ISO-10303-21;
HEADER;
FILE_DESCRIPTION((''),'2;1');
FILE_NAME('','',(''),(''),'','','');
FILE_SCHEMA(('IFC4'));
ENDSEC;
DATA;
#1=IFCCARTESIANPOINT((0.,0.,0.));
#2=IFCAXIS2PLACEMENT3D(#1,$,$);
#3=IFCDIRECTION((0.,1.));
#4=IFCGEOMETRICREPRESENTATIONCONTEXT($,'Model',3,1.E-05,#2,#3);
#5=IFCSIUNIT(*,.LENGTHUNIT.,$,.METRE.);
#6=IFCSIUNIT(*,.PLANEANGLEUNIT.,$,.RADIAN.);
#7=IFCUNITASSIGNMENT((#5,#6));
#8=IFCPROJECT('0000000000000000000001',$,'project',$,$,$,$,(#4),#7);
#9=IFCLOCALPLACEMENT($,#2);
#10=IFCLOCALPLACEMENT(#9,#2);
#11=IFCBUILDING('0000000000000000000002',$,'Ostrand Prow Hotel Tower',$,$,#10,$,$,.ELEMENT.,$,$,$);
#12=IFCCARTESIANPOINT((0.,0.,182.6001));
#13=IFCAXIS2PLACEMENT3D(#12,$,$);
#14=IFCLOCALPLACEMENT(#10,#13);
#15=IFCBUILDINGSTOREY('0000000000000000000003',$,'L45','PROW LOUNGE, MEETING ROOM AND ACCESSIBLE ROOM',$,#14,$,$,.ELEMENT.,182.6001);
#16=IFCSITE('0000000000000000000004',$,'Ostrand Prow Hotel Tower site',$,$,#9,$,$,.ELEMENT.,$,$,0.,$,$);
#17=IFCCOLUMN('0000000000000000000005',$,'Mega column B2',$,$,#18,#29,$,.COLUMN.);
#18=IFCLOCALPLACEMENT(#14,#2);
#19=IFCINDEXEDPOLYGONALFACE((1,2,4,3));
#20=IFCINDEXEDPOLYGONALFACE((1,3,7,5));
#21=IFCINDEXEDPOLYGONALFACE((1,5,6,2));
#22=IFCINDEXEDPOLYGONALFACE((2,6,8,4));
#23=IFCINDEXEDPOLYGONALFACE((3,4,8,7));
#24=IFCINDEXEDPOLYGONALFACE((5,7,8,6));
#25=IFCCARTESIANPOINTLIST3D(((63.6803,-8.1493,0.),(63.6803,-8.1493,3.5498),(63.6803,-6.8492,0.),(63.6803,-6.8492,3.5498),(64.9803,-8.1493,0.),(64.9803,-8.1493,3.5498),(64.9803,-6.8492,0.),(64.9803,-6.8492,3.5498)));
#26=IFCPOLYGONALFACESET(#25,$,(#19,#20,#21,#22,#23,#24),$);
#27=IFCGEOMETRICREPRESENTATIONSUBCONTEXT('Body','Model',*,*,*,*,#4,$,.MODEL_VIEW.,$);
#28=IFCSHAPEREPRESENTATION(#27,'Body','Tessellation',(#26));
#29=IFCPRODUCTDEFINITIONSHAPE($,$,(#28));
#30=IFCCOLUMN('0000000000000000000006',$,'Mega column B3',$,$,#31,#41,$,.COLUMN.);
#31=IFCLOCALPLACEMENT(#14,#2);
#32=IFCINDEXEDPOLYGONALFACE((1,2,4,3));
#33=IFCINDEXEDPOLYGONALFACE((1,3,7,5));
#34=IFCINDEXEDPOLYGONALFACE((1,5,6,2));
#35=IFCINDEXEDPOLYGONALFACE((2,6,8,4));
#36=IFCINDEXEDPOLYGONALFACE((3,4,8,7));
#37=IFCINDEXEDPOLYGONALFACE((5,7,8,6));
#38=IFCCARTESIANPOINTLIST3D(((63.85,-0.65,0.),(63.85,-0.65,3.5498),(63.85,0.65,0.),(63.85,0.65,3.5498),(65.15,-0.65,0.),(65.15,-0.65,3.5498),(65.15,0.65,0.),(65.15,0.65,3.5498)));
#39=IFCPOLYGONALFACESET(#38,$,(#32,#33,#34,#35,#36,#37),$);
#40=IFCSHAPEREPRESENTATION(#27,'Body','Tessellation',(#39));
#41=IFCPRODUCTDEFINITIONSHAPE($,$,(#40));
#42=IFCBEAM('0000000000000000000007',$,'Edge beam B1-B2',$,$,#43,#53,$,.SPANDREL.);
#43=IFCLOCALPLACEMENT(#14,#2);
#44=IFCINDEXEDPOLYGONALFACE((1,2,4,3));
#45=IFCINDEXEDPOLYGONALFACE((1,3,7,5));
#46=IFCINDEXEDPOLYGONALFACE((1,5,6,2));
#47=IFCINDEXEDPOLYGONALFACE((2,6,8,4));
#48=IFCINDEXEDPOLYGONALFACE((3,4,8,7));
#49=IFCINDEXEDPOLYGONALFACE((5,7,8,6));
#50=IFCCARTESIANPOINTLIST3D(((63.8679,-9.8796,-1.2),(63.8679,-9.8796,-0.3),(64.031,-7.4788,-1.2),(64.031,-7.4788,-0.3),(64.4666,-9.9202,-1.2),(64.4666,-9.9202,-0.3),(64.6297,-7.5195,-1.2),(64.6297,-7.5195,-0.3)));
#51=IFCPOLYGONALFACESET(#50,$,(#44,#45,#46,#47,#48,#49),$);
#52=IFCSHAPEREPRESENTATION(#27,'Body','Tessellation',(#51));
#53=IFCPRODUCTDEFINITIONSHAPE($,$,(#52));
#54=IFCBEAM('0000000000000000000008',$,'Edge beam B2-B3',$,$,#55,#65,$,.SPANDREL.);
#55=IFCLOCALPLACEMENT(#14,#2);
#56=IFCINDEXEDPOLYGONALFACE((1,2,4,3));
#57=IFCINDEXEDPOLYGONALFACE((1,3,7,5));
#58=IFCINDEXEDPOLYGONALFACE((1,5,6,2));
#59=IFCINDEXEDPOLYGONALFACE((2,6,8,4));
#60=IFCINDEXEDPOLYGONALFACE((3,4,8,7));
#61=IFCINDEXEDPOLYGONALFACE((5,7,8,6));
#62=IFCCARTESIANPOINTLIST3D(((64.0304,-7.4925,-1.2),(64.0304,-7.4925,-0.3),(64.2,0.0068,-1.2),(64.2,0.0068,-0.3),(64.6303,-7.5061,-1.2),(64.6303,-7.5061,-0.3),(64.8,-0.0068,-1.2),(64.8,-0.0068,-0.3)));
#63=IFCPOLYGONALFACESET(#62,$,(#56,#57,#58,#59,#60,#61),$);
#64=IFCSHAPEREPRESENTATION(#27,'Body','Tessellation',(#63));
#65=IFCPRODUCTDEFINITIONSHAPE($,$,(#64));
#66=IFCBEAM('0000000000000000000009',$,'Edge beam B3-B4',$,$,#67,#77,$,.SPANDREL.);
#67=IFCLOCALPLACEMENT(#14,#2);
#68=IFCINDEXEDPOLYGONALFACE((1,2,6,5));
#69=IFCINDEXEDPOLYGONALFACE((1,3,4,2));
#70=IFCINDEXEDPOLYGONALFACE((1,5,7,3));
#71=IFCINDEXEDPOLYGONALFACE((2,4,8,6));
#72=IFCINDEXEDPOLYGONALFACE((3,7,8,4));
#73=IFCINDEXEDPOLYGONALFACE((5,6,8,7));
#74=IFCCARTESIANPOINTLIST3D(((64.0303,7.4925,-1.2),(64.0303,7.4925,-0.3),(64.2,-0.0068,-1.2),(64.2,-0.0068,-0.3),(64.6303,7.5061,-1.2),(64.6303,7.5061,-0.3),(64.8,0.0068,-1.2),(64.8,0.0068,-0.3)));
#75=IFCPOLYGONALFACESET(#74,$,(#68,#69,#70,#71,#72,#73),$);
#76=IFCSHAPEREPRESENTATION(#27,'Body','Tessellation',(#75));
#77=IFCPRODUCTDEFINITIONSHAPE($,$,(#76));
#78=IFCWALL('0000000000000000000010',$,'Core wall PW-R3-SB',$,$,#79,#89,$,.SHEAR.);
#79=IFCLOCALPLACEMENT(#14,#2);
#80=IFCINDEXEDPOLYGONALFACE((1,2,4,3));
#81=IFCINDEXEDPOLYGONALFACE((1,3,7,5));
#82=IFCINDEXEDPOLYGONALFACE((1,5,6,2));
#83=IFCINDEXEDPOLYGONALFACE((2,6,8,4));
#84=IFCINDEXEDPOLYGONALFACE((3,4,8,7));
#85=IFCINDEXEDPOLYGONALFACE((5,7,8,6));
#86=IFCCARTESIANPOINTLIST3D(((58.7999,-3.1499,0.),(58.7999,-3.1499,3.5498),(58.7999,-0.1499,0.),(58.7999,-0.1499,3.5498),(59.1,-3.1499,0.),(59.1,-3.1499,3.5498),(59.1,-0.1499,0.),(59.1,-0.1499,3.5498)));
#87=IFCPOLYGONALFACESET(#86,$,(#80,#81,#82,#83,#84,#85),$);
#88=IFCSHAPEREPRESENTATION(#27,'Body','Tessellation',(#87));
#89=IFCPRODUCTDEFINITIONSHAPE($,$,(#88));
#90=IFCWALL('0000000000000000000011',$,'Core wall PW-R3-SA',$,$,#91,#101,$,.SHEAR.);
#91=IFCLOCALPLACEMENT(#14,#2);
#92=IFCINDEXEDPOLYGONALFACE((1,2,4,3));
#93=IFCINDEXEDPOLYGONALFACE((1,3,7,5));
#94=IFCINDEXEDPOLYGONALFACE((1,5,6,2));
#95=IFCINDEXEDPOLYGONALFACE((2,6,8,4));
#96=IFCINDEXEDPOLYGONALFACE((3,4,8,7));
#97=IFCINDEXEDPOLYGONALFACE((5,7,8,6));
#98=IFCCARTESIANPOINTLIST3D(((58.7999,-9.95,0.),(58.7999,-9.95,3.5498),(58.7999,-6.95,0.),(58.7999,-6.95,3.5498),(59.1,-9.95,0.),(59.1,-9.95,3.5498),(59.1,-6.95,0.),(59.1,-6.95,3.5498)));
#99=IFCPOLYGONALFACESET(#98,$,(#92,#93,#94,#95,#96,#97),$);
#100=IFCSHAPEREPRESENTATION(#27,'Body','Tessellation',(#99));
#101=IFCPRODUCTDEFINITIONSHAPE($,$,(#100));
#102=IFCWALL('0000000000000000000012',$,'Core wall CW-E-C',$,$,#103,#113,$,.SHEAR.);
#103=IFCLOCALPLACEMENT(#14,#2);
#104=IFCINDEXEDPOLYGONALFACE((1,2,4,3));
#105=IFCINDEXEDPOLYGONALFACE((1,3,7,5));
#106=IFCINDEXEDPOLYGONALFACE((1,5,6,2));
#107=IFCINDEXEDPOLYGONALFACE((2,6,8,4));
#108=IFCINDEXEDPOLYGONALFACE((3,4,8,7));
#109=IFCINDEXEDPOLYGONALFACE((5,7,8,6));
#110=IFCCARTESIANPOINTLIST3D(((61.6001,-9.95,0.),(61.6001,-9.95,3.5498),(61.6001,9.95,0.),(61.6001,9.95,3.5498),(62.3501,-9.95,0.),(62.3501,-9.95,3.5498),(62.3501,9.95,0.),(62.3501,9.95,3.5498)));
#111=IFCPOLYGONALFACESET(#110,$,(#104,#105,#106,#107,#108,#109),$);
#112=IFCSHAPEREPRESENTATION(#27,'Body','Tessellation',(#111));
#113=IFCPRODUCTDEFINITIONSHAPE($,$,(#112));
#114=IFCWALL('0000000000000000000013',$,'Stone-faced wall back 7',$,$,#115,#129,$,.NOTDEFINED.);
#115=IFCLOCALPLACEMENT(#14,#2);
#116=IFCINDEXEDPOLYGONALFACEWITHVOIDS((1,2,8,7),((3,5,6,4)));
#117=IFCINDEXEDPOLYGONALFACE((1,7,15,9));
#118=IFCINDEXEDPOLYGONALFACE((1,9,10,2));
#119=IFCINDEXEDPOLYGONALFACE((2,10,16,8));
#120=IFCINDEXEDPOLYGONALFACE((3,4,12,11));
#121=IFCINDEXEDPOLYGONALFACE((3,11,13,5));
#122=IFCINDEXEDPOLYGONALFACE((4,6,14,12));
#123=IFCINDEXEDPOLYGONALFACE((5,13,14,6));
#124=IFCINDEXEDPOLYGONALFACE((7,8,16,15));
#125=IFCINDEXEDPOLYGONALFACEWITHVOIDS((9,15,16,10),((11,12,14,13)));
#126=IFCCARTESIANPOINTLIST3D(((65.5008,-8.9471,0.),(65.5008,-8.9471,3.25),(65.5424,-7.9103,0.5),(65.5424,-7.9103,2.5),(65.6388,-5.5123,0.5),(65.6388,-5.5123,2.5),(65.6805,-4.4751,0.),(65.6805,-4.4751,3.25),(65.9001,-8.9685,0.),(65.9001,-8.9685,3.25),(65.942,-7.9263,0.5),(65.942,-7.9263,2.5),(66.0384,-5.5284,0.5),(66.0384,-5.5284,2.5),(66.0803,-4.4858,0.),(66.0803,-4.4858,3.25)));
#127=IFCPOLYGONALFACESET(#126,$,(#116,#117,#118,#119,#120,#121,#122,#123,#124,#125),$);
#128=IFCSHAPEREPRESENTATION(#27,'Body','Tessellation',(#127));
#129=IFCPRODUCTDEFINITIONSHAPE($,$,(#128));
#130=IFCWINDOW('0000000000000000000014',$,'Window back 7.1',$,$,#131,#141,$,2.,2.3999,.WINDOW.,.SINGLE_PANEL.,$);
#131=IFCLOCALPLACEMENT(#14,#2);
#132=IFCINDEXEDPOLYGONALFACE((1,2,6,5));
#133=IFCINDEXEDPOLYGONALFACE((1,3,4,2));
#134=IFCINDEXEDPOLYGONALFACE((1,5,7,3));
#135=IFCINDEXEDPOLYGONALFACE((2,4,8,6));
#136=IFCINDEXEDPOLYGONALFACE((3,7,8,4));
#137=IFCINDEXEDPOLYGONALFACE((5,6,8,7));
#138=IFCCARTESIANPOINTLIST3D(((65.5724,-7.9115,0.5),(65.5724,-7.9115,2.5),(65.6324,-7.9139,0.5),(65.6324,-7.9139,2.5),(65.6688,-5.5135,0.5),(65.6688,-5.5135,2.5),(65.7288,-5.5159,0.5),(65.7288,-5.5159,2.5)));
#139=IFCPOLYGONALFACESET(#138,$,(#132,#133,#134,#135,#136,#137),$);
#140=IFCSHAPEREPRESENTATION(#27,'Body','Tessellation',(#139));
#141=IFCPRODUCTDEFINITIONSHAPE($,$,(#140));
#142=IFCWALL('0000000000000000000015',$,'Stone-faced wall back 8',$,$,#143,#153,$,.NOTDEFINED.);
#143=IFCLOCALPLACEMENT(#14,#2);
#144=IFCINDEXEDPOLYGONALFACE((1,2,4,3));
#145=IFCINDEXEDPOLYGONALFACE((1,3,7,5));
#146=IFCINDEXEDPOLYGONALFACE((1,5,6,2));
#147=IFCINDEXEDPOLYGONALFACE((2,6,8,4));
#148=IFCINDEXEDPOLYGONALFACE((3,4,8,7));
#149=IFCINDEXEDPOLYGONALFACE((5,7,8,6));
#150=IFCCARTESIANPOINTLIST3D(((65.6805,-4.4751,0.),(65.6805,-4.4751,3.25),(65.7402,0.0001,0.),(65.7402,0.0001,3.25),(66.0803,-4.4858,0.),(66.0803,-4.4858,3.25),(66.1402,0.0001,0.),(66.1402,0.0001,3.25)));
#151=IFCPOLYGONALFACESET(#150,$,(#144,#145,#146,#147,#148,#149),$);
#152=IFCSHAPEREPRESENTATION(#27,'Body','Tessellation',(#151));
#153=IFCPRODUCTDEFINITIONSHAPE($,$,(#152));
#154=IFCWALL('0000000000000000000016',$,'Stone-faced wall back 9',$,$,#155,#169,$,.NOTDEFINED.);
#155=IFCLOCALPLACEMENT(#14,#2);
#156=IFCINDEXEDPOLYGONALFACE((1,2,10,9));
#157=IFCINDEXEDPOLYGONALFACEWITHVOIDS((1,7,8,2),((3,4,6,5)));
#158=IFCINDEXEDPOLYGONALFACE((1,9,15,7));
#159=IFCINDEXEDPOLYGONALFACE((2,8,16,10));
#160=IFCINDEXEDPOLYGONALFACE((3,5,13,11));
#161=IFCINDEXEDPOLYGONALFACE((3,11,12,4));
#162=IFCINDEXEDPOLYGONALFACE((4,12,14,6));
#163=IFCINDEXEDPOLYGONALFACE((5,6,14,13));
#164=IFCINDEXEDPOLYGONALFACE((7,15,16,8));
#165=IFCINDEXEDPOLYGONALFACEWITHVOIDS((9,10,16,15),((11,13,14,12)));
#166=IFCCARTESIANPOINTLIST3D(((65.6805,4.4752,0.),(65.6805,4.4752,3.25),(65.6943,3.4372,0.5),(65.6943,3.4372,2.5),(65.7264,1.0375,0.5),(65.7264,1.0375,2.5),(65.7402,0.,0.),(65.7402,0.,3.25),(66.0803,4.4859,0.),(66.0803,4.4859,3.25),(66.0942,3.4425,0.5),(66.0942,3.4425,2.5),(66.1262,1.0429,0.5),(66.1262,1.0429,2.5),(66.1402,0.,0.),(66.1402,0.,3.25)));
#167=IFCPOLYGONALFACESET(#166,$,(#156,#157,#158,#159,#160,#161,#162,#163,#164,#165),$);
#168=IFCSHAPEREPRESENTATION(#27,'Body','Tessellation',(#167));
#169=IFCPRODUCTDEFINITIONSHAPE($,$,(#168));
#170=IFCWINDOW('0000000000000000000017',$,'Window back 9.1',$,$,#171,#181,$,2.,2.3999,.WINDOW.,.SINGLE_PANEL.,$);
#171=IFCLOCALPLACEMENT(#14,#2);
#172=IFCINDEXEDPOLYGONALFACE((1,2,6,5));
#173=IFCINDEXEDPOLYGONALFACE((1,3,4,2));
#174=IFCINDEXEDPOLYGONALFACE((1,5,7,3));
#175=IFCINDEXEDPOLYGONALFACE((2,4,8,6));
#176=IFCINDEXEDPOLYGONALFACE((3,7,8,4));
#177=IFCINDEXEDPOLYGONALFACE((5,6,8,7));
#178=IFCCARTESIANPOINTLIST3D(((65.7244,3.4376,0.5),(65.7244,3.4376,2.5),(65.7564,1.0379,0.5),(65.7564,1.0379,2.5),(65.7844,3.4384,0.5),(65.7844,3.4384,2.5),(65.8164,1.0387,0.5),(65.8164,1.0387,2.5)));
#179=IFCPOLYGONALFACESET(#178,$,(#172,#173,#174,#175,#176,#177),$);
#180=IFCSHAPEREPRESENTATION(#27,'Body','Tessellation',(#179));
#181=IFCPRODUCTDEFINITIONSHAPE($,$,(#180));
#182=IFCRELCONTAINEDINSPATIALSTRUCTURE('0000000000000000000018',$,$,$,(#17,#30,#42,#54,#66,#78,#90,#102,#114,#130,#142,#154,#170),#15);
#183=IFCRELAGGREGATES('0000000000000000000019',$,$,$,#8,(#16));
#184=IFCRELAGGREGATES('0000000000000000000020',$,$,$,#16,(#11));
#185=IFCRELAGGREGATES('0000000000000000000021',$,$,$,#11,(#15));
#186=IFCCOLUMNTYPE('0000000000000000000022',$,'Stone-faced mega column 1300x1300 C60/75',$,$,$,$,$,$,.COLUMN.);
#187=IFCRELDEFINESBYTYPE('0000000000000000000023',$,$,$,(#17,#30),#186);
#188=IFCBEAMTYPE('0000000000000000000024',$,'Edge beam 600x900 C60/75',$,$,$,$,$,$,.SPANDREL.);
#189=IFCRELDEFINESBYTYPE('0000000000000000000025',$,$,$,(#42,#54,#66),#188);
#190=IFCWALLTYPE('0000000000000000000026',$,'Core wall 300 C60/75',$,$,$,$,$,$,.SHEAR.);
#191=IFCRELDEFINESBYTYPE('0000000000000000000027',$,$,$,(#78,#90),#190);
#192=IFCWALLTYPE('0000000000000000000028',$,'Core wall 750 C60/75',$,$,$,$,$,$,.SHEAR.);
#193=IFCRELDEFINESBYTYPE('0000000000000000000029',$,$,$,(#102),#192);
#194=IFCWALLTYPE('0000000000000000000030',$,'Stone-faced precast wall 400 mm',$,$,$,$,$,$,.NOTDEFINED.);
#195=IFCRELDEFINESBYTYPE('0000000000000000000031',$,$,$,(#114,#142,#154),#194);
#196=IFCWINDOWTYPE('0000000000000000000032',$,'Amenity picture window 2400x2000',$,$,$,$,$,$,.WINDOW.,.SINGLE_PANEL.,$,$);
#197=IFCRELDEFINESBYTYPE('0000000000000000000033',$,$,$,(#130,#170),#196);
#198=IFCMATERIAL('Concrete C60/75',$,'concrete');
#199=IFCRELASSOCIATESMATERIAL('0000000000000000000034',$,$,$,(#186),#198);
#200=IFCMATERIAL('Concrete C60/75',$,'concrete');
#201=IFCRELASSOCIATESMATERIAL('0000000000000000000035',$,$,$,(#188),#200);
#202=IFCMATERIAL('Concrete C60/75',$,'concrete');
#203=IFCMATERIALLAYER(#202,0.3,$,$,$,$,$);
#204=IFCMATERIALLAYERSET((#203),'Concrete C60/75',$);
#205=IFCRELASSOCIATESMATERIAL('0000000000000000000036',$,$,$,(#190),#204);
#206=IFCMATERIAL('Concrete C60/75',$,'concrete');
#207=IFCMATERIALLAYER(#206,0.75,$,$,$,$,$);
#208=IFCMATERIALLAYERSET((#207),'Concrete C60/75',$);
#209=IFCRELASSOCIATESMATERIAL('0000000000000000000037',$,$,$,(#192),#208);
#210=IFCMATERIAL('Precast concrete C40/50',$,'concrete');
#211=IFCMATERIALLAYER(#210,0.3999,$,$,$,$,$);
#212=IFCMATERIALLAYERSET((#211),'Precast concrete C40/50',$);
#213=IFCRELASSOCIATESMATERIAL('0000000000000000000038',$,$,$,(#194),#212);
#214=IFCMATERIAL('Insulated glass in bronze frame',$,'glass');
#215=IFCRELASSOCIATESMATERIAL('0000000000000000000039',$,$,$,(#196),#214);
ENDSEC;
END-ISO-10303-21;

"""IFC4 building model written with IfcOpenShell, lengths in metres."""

from ifc_helpers import new_model, si_unit, direction, frame, frame_2d, origin, origin_2d, place, context, subcontext, project, spatial, polyline, rectangle, outline, extrude, material, layer, layer_set, material_profile, profile_set, type_object, element, fill, save


model = new_model("IFC4")

# Units and contexts
model_context = context("Model", 3, precision=1e-05, world=origin(), true_north=direction((0.0, 1.0)))
body_context = subcontext(model_context, "Body", "Model", "MODEL_VIEW")
ifc_project = project(units=[si_unit("LENGTHUNIT", "METRE"), si_unit("PLANEANGLEUNIT", "RADIAN")], contexts=[model_context])

# Site, building, storey
site_placement = place(None, origin())
site = spatial("IfcSite", under=ifc_project, at=site_placement, Name="Ostrand Prow Hotel Tower site", CompositionType="ELEMENT", RefElevation=0.0)
building_placement = place(site_placement, origin())
building = spatial("IfcBuilding", under=site, at=building_placement, Name="Ostrand Prow Hotel Tower", CompositionType="ELEMENT")
storey_placement = place(building_placement, frame((0.0, 0.0, 182.6001)))
storey = spatial("IfcBuildingStorey", under=building, at=storey_placement, Name="L45", Description="PROW LOUNGE, MEETING ROOM AND ACCESSIBLE ROOM", CompositionType="ELEMENT", Elevation=182.6001)

# Columns
ifc_material_1 = material(Name="Concrete C60/75", Category="concrete")
ifc_material_profile_1 = material_profile(ifc_material_1, rectangle(XDim=1.3, YDim=1.3, at=origin_2d()), Name="RC 1300x1300")
ifc_profile_set_1 = profile_set([ifc_material_profile_1], Name="Concrete C60/75")
column_type = type_object("IfcColumnType", Name="Stone-faced mega column 1300x1300 C60/75", PredefinedType="COLUMN", material=ifc_profile_set_1)
for number, where, z_axis, x_axis, name in (
    (1, (64.3303, -7.4993, 0.0), (0.0, 0.0, 1.0), (1.0, 0.0, 0.0), "Mega column B2"),
    (2, (64.5, 0.0, 0.0), (0.0, 0.0, 1.0), (1.0, 0.0, 0.0), "Mega column B3"),
):
    element("IfcColumn", number, at=place(storey_placement, frame(where, z_axis=z_axis, x_axis=x_axis)), inside=storey, type_object=column_type, Name=name, PredefinedType="COLUMN", context=body_context, shape_type="SweptSolid", body=[
        extrude(rectangle(XDim=1.3, YDim=1.3, at=origin_2d()), origin(), (0.0, 0.0, 1.0), 3.5498),
    ])

# Beams
ifc_material_2 = material(Name="Concrete C60/75", Category="concrete")
ifc_material_profile_2 = material_profile(ifc_material_2, rectangle(XDim=0.6001, YDim=0.8999, at=origin_2d()), Name="RC 600x900")
ifc_profile_set_2 = profile_set([ifc_material_profile_2], Name="Concrete C60/75")
beam_type = type_object("IfcBeamType", Name="Edge beam 600x900 C60/75", PredefinedType="SPANDREL", material=ifc_profile_set_2)
beam_placement = place(storey_placement, frame((64.1672, -9.8999, -0.75), z_axis=(0.067778, 0.9977, 0.0), x_axis=(-0.9977, 0.067778, 0.0)))
element("IfcBeam", 3, at=beam_placement, inside=storey, type_object=beam_type, Name="Edge beam B1-B2", PredefinedType="SPANDREL", context=body_context, shape_type="SweptSolid", body=[
    extrude(rectangle(XDim=0.6001, YDim=0.8999, at=origin_2d()), origin(), (0.0, 0.0, 1.0), 2.4062),
])
for number, where, z_axis, x_axis, name in (
    (4, (64.3303, -7.4993, -0.75), (0.02262, 0.999744, 0.0), (-0.999744, 0.02262, 0.0), "Edge beam B2-B3"),
    (5, (64.5, 0.0, -0.75), (-0.02262, 0.999744, 0.0), (-0.999744, -0.02262, 0.0), "Edge beam B3-B4"),
):
    element("IfcBeam", number, at=place(storey_placement, frame(where, z_axis=z_axis, x_axis=x_axis)), inside=storey, type_object=beam_type, Name=name, PredefinedType="SPANDREL", context=body_context, shape_type="SweptSolid", body=[
        extrude(rectangle(XDim=0.6001, YDim=0.8999, at=origin_2d()), origin(), (0.0, 0.0, 1.0), 7.5012),
    ])

# Walls
ifc_material_3 = material(Name="Concrete C60/75", Category="concrete")
ifc_layer_1 = layer(ifc_material_3, 0.3)
ifc_layer_set_1 = layer_set([ifc_layer_1], Name="Concrete C60/75")
wall_type_1 = type_object("IfcWallType", Name="Core wall 300 C60/75", PredefinedType="SHEAR", material=ifc_layer_set_1)
for number, where, z_axis, x_axis, name in (
    (6, (58.95, -3.1499, 0.0), (0.0, 0.0, 1.0), (0.0, 1.0, 0.0), "Core wall PW-R3-SB"),
    (7, (58.95, -9.95, 0.0), (0.0, 0.0, 1.0), (0.0, 1.0, 0.0), "Core wall PW-R3-SA"),
):
    element("IfcWall", number, at=place(storey_placement, frame(where, z_axis=z_axis, x_axis=x_axis)), inside=storey, type_object=wall_type_1, Name=name, PredefinedType="SHEAR", context=body_context, shape_type="SweptSolid", body=[
        extrude(rectangle(XDim=3.0, YDim=0.3, at=frame_2d((1.5, 0.0))), origin(), (0.0, 0.0, 1.0), 3.5498),
    ])
ifc_material_4 = material(Name="Concrete C60/75", Category="concrete")
ifc_layer_2 = layer(ifc_material_4, 0.75)
ifc_layer_set_2 = layer_set([ifc_layer_2], Name="Concrete C60/75")
wall_type_2 = type_object("IfcWallType", Name="Core wall 750 C60/75", PredefinedType="SHEAR", material=ifc_layer_set_2)
wall_1_placement = place(storey_placement, frame((61.9751, -9.95, 0.0), z_axis=(0.0, 0.0, 1.0), x_axis=(0.0, 1.0, 0.0)))
element("IfcWall", 8, at=wall_1_placement, inside=storey, type_object=wall_type_2, Name="Core wall CW-E-C", PredefinedType="SHEAR", context=body_context, shape_type="SweptSolid", body=[
    extrude(rectangle(XDim=19.8999, YDim=0.75, at=frame_2d((9.95, 0.0))), origin(), (0.0, 0.0, 1.0), 3.5498),
])

# Wall, opening, window
ifc_material_5 = material(Name="Precast concrete C40/50", Category="concrete")
ifc_layer_3 = layer(ifc_material_5, 0.3999)
ifc_layer_set_3 = layer_set([ifc_layer_3], Name="Precast concrete C40/50")
wall_type_3 = type_object("IfcWallType", Name="Stone-faced precast wall 400 mm", PredefinedType="NOTDEFINED", material=ifc_layer_set_3)
wall_2_placement = place(storey_placement, frame((65.7004, -8.9578, 0.0), z_axis=(0.0, 0.0, 1.0), x_axis=(0.040155, 0.999193, 0.0)))
wall_2 = element("IfcWall", 9, at=wall_2_placement, inside=storey, type_object=wall_type_3, Name="Stone-faced wall back 7", PredefinedType="NOTDEFINED", context=body_context, shape_type="SweptSolid", body=[
    extrude(outline(polyline([(-0.0027, -0.2), (4.4836, -0.2), (4.4783, 0.2), (0.0027, 0.2), (-0.0027, -0.2)])), origin(), (0.0, 0.0, 1.0), 3.25),
])
opening_1_placement = place(wall_2_placement, frame((1.0403, 0.0, 0.5)))
opening_1 = element("IfcOpeningElement", 10, at=opening_1_placement, cuts=wall_2, PredefinedType="OPENING", context=body_context, shape_type="SweptSolid", body=[
    extrude(rectangle(XDim=2.3999, YDim=2.0, at=frame_2d((1.2, 1.0))), frame((0.0, 0.21, 0.0), z_axis=(0.0, -1.0, 0.0), x_axis=(1.0, 0.0, 0.0)), (0.0, 0.0, 1.0), 0.4199),
])
ifc_material_6 = material(Name="Insulated glass in bronze frame", Category="glass")
window_type = type_object("IfcWindowType", Name="Amenity picture window 2400x2000", PartitioningType="SINGLE_PANEL", PredefinedType="WINDOW", material=ifc_material_6)
window_1_placement = place(opening_1_placement, origin())
window_1 = element("IfcWindow", 11, at=window_1_placement, inside=storey, type_object=window_type, Name="Window back 7.1", OverallHeight=2.0, OverallWidth=2.3999, PartitioningType="SINGLE_PANEL", PredefinedType="WINDOW", context=body_context, shape_type="SweptSolid", body=[
    extrude(rectangle(XDim=2.3999, YDim=2.0, at=frame_2d((1.2, 1.0))), frame((0.0, 0.1699, 0.0), z_axis=(0.0, -1.0, 0.0), x_axis=(1.0, 0.0, 0.0)), (0.0, 0.0, 1.0), 0.0601),
])
fill(opening_1, window_1)

# Wall
wall_3_placement = place(storey_placement, frame((65.8804, -4.4805, 0.0), z_axis=(0.0, 0.0, 1.0), x_axis=(0.013349, 0.999911, 0.0)))
element("IfcWall", 12, at=wall_3_placement, inside=storey, type_object=wall_type_3, Name="Stone-faced wall back 8", PredefinedType="NOTDEFINED", context=body_context, shape_type="SweptSolid", body=[
    extrude(outline(polyline([(-0.0027, -0.2), (4.4836, -0.2), (4.4783, 0.2), (0.0027, 0.2), (-0.0027, -0.2)])), origin(), (0.0, 0.0, 1.0), 3.25),
])

# Wall, opening, window
wall_4_placement = place(storey_placement, frame((65.9402, 0.0, 0.0), z_axis=(0.0, 0.0, 1.0), x_axis=(-0.013349, 0.999911, 0.0)))
wall_4 = element("IfcWall", 13, at=wall_4_placement, inside=storey, type_object=wall_type_3, Name="Stone-faced wall back 9", PredefinedType="NOTDEFINED", context=body_context, shape_type="SweptSolid", body=[
    extrude(outline(polyline([(-0.0027, -0.2), (4.4836, -0.2), (4.4783, 0.2), (0.0027, 0.2), (-0.0027, -0.2)])), origin(), (0.0, 0.0, 1.0), 3.25),
])
opening_2_placement = place(wall_4_placement, frame((1.0403, 0.0, 0.5)))
opening_2 = element("IfcOpeningElement", 14, at=opening_2_placement, cuts=wall_4, PredefinedType="OPENING", context=body_context, shape_type="SweptSolid", body=[
    extrude(rectangle(XDim=2.3999, YDim=2.0, at=frame_2d((1.2, 1.0))), frame((0.0, 0.21, 0.0), z_axis=(0.0, -1.0, 0.0), x_axis=(1.0, 0.0, 0.0)), (0.0, 0.0, 1.0), 0.4199),
])
window_2_placement = place(opening_2_placement, origin())
window_2 = element("IfcWindow", 15, at=window_2_placement, inside=storey, type_object=window_type, Name="Window back 9.1", OverallHeight=2.0, OverallWidth=2.3999, PartitioningType="SINGLE_PANEL", PredefinedType="WINDOW", context=body_context, shape_type="SweptSolid", body=[
    extrude(rectangle(XDim=2.3999, YDim=2.0, at=frame_2d((1.2, 1.0))), frame((0.0, 0.1699, 0.0), z_axis=(0.0, -1.0, 0.0), x_axis=(1.0, 0.0, 0.0)), (0.0, 0.0, 1.0), 0.0601),
])
fill(opening_2, window_2)

save(model, "model.ifc")
